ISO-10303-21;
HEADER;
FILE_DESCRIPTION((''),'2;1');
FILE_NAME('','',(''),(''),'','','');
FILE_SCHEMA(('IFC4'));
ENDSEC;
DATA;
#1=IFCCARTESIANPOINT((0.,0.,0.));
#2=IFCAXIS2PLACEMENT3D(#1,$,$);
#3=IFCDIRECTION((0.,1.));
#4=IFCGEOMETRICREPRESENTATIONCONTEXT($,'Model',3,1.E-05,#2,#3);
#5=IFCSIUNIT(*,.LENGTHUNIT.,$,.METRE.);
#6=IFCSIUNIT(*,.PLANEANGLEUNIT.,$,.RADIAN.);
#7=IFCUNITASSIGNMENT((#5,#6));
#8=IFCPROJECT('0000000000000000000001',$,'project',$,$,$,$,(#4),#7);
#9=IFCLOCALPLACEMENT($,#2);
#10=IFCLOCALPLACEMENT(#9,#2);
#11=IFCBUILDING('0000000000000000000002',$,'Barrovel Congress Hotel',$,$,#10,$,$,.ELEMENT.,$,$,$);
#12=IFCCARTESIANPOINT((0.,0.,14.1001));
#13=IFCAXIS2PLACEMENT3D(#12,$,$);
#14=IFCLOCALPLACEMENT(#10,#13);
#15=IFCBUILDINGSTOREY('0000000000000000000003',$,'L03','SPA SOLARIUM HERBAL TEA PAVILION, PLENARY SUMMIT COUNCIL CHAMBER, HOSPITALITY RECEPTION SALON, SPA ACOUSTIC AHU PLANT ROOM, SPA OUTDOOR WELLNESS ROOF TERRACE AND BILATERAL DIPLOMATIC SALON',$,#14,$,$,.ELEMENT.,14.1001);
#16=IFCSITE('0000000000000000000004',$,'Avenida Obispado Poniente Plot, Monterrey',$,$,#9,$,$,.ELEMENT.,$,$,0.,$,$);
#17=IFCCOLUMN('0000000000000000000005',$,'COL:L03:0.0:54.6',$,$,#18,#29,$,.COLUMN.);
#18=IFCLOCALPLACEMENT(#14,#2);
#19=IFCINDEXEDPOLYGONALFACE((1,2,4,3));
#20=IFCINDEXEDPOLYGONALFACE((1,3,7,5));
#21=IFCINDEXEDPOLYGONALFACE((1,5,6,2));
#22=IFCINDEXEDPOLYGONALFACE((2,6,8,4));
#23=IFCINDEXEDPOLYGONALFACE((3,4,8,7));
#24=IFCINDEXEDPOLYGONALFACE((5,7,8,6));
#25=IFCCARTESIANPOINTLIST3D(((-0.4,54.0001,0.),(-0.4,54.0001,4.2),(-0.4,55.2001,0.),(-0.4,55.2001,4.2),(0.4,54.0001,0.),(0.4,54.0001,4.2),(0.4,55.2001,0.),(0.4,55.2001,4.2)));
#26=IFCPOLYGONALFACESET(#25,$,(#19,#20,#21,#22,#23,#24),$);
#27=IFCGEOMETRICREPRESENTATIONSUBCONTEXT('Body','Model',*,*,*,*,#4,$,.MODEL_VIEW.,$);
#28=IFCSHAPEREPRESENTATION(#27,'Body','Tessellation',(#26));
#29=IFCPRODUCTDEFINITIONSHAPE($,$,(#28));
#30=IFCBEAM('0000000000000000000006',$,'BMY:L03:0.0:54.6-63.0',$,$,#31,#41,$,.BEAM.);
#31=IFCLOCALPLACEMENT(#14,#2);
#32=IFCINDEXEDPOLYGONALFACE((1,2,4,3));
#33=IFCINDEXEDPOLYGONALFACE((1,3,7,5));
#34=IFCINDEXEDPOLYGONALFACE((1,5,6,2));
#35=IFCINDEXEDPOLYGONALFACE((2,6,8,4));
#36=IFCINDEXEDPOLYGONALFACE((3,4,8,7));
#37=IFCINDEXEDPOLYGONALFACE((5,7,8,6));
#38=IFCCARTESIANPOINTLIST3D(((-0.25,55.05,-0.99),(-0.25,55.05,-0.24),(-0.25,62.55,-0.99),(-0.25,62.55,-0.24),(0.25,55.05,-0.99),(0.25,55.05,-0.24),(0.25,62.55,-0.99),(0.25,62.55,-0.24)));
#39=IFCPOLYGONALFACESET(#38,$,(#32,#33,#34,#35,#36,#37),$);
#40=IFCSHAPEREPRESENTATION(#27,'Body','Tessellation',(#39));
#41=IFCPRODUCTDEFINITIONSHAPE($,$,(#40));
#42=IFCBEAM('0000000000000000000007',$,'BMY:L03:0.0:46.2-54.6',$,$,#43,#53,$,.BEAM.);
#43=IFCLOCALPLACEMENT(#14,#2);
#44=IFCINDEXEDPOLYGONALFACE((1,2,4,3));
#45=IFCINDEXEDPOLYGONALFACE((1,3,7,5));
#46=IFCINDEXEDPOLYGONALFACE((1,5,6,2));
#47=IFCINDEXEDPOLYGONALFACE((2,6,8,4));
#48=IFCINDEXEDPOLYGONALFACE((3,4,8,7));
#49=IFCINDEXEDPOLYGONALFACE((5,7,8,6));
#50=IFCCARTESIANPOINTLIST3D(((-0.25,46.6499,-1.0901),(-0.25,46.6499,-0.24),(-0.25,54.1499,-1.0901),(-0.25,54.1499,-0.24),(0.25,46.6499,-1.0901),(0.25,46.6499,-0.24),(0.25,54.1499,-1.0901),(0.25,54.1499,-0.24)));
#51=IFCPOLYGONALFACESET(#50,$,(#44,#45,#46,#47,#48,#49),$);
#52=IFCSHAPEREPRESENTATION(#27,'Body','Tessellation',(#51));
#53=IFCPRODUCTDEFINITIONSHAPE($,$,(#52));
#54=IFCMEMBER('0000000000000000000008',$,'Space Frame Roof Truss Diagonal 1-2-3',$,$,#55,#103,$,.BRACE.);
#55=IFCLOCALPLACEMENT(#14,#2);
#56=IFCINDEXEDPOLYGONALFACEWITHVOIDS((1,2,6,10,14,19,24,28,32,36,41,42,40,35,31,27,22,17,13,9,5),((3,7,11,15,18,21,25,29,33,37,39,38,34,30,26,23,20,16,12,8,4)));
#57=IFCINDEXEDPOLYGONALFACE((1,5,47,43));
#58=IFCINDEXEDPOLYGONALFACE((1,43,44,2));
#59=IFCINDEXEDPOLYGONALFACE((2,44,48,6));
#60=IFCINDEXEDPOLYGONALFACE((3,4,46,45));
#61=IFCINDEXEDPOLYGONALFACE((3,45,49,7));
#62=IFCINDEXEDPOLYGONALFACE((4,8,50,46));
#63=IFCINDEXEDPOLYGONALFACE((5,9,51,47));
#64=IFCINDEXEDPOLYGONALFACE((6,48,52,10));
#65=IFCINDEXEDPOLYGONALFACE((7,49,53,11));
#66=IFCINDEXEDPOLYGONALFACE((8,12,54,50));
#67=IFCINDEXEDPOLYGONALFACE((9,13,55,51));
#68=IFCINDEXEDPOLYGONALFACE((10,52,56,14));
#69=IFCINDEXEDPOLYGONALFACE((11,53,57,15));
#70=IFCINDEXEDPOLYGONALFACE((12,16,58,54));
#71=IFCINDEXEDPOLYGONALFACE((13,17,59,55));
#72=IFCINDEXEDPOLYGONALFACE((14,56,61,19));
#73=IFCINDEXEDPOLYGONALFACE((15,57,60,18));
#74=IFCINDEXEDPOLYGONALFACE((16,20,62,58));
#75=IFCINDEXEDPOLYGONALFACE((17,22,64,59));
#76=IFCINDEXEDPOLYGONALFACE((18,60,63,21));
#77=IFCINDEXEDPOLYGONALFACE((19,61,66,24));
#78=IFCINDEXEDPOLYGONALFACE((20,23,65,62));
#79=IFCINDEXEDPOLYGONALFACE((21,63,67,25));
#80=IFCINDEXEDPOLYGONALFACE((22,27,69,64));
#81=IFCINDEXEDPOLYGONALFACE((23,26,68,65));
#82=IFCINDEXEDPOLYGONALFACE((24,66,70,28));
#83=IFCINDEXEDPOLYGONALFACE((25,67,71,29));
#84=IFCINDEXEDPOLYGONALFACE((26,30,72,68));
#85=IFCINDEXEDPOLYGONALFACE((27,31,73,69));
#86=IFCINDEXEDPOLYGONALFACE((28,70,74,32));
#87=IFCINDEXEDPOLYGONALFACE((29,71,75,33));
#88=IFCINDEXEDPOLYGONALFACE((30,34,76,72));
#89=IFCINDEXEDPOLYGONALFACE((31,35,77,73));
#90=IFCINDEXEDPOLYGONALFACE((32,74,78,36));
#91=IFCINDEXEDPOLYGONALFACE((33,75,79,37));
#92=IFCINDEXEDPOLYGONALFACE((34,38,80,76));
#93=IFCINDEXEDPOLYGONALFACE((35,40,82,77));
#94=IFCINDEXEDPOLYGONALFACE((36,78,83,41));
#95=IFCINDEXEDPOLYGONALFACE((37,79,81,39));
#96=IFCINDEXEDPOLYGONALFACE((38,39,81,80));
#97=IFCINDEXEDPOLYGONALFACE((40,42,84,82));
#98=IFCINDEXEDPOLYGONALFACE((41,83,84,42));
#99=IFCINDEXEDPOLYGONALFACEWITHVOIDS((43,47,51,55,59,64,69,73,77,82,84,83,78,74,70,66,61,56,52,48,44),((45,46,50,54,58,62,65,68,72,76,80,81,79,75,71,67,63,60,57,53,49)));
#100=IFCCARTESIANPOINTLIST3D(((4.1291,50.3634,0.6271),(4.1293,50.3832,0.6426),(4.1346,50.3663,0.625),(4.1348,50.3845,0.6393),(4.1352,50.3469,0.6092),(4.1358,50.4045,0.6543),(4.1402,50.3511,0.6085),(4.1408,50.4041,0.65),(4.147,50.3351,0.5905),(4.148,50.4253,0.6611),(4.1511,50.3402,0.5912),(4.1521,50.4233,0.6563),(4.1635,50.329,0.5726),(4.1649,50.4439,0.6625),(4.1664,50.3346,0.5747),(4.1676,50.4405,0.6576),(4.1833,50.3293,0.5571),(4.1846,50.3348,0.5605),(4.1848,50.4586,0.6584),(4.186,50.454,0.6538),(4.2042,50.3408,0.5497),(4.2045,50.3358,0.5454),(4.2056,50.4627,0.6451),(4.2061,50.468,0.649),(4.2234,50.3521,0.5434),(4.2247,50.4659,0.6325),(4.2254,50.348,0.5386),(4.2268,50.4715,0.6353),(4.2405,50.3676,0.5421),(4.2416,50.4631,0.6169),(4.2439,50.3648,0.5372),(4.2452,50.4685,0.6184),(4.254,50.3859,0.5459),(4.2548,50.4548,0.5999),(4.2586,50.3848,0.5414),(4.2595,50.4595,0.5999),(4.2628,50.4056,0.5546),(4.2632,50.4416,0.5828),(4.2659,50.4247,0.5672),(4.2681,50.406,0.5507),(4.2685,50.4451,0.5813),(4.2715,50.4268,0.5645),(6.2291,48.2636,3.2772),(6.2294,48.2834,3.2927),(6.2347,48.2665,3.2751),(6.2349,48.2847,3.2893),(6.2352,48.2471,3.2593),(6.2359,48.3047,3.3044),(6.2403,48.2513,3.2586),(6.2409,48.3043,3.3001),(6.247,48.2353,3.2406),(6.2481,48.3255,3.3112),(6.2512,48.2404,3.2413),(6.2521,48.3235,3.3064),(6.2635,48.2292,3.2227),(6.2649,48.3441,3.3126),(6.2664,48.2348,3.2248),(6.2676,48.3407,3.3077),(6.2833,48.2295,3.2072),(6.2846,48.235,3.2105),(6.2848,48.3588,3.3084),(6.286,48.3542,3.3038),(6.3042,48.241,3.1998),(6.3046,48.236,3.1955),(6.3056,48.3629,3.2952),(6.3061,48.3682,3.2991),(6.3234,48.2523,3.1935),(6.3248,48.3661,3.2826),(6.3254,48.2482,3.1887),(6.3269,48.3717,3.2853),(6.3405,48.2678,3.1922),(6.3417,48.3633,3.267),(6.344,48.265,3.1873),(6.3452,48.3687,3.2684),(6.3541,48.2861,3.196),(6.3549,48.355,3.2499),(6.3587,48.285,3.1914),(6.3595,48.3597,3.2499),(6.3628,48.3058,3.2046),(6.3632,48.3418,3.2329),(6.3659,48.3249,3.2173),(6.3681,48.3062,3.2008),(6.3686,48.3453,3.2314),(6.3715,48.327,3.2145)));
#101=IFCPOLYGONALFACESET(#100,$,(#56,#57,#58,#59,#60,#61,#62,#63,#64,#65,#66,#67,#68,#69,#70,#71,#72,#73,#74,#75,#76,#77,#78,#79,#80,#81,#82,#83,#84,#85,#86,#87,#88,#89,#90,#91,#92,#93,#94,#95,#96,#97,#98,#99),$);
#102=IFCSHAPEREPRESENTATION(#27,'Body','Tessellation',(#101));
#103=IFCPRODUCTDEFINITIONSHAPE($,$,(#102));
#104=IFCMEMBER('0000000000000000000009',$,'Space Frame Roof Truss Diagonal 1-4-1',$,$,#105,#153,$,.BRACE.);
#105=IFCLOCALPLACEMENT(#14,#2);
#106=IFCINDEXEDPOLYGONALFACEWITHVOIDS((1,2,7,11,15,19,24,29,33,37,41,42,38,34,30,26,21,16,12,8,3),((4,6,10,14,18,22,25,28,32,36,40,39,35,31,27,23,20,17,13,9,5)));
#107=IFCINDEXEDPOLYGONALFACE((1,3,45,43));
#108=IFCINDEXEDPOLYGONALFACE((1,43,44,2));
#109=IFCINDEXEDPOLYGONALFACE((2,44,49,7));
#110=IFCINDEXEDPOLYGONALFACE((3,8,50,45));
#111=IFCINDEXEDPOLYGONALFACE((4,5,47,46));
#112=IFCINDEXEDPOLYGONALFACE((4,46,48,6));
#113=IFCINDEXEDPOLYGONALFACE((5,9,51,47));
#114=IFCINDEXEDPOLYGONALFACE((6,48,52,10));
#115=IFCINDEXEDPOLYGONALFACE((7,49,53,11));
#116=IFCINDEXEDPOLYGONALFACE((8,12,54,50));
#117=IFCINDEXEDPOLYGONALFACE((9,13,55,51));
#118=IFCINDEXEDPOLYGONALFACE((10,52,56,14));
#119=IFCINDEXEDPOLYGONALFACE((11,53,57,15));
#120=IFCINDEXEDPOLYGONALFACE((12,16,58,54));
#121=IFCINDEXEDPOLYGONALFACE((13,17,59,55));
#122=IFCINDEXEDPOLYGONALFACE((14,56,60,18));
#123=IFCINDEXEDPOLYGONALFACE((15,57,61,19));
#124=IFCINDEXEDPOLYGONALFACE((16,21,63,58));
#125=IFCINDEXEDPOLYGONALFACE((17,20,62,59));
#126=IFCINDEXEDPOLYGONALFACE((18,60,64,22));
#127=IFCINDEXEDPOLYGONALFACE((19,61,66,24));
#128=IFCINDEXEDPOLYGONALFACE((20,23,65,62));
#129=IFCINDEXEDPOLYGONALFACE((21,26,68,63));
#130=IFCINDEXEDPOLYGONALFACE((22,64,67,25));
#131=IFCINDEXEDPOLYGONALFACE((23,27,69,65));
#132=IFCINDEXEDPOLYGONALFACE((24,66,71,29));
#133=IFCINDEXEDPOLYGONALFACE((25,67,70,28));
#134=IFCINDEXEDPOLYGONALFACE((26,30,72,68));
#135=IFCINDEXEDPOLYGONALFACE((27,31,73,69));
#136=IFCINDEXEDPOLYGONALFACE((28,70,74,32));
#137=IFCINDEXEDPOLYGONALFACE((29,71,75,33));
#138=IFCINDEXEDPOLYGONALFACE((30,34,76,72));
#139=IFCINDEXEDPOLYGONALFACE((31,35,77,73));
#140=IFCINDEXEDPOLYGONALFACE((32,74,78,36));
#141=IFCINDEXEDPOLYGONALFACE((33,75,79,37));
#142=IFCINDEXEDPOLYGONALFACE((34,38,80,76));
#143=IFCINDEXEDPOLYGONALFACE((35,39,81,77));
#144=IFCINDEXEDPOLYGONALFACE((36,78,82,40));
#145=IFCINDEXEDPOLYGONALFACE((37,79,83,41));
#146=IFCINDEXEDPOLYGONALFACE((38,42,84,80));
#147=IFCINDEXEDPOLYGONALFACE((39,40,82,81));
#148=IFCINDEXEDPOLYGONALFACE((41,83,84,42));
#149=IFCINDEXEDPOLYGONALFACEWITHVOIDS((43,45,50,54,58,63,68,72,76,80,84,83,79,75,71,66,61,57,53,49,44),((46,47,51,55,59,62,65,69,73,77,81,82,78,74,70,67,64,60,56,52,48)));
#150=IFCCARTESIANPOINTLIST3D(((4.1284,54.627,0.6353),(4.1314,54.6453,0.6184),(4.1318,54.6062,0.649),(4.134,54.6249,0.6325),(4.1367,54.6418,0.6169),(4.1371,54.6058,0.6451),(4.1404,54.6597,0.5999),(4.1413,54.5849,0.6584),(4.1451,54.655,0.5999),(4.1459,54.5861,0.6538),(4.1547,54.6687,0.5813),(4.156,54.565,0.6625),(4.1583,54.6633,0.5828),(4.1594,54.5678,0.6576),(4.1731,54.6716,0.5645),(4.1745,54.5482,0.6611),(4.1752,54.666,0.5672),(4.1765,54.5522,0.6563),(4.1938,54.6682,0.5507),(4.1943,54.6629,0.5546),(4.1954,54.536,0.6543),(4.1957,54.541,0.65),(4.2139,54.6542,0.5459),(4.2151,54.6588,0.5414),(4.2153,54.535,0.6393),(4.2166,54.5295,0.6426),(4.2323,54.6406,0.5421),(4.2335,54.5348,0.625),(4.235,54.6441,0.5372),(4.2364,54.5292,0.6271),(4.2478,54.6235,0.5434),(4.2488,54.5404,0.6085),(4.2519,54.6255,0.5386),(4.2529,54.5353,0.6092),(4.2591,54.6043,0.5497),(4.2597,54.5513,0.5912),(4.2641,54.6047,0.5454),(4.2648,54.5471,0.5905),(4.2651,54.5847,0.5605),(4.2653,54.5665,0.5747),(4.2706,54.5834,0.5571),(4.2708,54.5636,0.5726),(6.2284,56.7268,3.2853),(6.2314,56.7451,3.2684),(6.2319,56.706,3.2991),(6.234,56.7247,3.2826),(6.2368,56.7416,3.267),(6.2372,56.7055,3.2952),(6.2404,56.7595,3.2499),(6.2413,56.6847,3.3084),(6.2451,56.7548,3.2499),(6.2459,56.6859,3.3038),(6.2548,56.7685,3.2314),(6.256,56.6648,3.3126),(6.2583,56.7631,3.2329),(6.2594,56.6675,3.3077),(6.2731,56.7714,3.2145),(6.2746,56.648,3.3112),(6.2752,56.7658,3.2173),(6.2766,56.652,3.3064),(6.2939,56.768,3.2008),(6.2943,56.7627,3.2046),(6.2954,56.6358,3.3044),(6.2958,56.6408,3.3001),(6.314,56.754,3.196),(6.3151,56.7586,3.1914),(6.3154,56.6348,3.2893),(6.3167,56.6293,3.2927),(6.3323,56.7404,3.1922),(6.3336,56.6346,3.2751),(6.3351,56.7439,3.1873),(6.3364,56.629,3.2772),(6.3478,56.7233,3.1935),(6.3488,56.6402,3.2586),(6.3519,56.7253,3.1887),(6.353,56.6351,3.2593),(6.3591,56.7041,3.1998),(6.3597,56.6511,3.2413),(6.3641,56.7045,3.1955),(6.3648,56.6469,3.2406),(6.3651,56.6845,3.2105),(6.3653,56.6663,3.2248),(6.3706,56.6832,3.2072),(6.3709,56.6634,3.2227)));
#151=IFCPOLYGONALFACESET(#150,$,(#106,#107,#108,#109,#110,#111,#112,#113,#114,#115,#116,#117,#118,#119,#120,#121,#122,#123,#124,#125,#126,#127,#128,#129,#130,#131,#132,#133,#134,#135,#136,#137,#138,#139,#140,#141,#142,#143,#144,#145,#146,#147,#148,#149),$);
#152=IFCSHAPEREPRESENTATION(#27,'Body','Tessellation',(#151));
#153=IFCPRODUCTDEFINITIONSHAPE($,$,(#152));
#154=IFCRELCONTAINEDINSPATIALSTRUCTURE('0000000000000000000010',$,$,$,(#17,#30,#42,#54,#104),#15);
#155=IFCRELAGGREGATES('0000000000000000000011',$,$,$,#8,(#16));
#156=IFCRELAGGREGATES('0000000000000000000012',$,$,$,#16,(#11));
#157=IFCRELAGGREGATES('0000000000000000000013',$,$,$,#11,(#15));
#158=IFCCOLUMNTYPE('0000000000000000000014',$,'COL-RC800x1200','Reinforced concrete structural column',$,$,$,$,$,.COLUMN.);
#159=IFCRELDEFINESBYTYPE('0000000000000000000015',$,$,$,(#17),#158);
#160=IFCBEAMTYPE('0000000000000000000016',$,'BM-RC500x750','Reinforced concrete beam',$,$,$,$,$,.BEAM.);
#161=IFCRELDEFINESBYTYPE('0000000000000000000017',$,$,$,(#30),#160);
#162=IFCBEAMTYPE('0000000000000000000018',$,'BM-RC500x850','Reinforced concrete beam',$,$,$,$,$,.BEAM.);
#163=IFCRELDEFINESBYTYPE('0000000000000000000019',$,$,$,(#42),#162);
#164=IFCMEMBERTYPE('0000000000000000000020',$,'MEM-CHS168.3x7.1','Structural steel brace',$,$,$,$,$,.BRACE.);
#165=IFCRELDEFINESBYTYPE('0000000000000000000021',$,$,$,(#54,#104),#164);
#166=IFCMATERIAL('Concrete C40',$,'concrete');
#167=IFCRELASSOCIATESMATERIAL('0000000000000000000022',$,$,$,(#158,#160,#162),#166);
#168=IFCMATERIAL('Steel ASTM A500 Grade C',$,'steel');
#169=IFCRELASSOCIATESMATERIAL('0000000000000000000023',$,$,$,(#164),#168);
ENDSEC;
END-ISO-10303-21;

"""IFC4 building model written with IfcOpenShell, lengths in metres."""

from ifc_helpers import new_model, si_unit, direction, frame, origin, origin_2d, place, context, subcontext, project, spatial, rectangle, hollow_circle, extrude, material, material_profile, profile_set, type_object, element, save


model = new_model("IFC4")

# Units and contexts
model_context = context("Model", 3, precision=1e-05, world=origin(), true_north=direction((0.0, 1.0)))
body_context = subcontext(model_context, "Body", "Model", "MODEL_VIEW")
ifc_project = project(units=[si_unit("LENGTHUNIT", "METRE"), si_unit("PLANEANGLEUNIT", "RADIAN")], contexts=[model_context])

# Site, building, storey
site_placement = place(None, origin())
site = spatial("IfcSite", under=ifc_project, at=site_placement, Name="Avenida Obispado Poniente Plot, Monterrey", CompositionType="ELEMENT", RefElevation=0.0)
building_placement = place(site_placement, origin())
building = spatial("IfcBuilding", under=site, at=building_placement, Name="Barrovel Congress Hotel", CompositionType="ELEMENT")
storey_placement = place(building_placement, frame((0.0, 0.0, 14.1001)))
storey = spatial("IfcBuildingStorey", under=building, at=storey_placement, Name="L03", Description="SPA SOLARIUM HERBAL TEA PAVILION, PLENARY SUMMIT COUNCIL CHAMBER, HOSPITALITY RECEPTION SALON, SPA ACOUSTIC AHU PLANT ROOM, SPA OUTDOOR WELLNESS ROOF TERRACE AND BILATERAL DIPLOMATIC SALON", CompositionType="ELEMENT", Elevation=14.1001)

# Column
ifc_material_1 = material(Name="Concrete C40", Category="concrete")
ifc_material_profile_1 = material_profile(ifc_material_1, rectangle(XDim=0.8, YDim=1.2, at=origin_2d()), Name="RC800x1200")
ifc_profile_set_1 = profile_set([ifc_material_profile_1], Name="Concrete C40")
column_type = type_object("IfcColumnType", Name="COL-RC800x1200", Description="Reinforced concrete structural column", PredefinedType="COLUMN", material=ifc_profile_set_1)
column_placement = place(storey_placement, frame((0.0, 54.6001, 0.0), z_axis=(0.0, 0.0, 1.0), x_axis=(1.0, 0.0, 0.0)))
element("IfcColumn", 1, at=column_placement, inside=storey, type_object=column_type, Name="COL:L03:0.0:54.6", PredefinedType="COLUMN", context=body_context, shape_type="SweptSolid", body=[
    extrude(rectangle(XDim=0.8, YDim=1.2, at=origin_2d()), origin(), (0.0, 0.0, 1.0), 4.2),
])

# Beams
ifc_material_profile_2 = material_profile(ifc_material_1, rectangle(XDim=0.5, YDim=0.75, at=origin_2d()), Name="RC500x750")
ifc_profile_set_2 = profile_set([ifc_material_profile_2], Name="Concrete C40")
beam_type_1 = type_object("IfcBeamType", Name="BM-RC500x750", Description="Reinforced concrete beam", PredefinedType="BEAM", material=ifc_profile_set_2)
beam_1_placement = place(storey_placement, frame((0.0, 55.05, -0.615), z_axis=(0.0, 1.0, 0.0), x_axis=(-1.0, 0.0, 0.0)))
element("IfcBeam", 2, at=beam_1_placement, inside=storey, type_object=beam_type_1, Name="BMY:L03:0.0:54.6-63.0", PredefinedType="BEAM", context=body_context, shape_type="SweptSolid", body=[
    extrude(rectangle(XDim=0.5, YDim=0.75, at=origin_2d()), origin(), (0.0, 0.0, 1.0), 7.5),
])
ifc_material_profile_3 = material_profile(ifc_material_1, rectangle(XDim=0.5, YDim=0.8501, at=origin_2d()), Name="RC500x850")
ifc_profile_set_3 = profile_set([ifc_material_profile_3], Name="Concrete C40")
beam_type_2 = type_object("IfcBeamType", Name="BM-RC500x850", Description="Reinforced concrete beam", PredefinedType="BEAM", material=ifc_profile_set_3)
beam_2_placement = place(storey_placement, frame((0.0, 46.6499, -0.665), z_axis=(0.0, 1.0, 0.0), x_axis=(-1.0, 0.0, 0.0)))
element("IfcBeam", 3, at=beam_2_placement, inside=storey, type_object=beam_type_2, Name="BMY:L03:0.0:46.2-54.6", PredefinedType="BEAM", context=body_context, shape_type="SweptSolid", body=[
    extrude(rectangle(XDim=0.5, YDim=0.8501, at=origin_2d()), origin(), (0.0, 0.0, 1.0), 7.5),
])

# Members
ifc_material_2 = material(Name="Steel ASTM A500 Grade C", Category="steel")
ifc_material_profile_4 = material_profile(ifc_material_2, hollow_circle(Radius=0.0842, WallThickness=0.0066, at=origin_2d()), Name="CHS168.3x7.1")
ifc_profile_set_4 = profile_set([ifc_material_profile_4], Name="Steel ASTM A500 Grade C")
member_type_1 = type_object("IfcMemberType", Name="MEM-CHS168.3x7.1", Description="Structural steel brace", PredefinedType="BRACE", material=ifc_profile_set_4)
for number, where, z_axis, x_axis, name in (
    (4, (4.2, 50.3999, 0.5999), (0.527618, -0.527557, 0.66581), (0.707066, 0.707148, 0.0), "Space Frame Roof Truss Diagonal 1-2-3"),
    (5, (4.2, 54.6001, 0.5999), (0.527618, 0.527557, 0.66581), (-0.707066, 0.707148, 0.0), "Space Frame Roof Truss Diagonal 1-4-1"),
):
    element("IfcMember", number, at=place(storey_placement, frame(where, z_axis=z_axis, x_axis=x_axis)), inside=storey, type_object=member_type_1, Name=name, PredefinedType="BRACE", context=body_context, shape_type="SweptSolid", body=[
        extrude(hollow_circle(Radius=0.0842, WallThickness=0.0066, at=origin_2d()), origin(), (0.0, 0.0, 1.0), 3.9802),
    ])

save(model, "model.ifc")
